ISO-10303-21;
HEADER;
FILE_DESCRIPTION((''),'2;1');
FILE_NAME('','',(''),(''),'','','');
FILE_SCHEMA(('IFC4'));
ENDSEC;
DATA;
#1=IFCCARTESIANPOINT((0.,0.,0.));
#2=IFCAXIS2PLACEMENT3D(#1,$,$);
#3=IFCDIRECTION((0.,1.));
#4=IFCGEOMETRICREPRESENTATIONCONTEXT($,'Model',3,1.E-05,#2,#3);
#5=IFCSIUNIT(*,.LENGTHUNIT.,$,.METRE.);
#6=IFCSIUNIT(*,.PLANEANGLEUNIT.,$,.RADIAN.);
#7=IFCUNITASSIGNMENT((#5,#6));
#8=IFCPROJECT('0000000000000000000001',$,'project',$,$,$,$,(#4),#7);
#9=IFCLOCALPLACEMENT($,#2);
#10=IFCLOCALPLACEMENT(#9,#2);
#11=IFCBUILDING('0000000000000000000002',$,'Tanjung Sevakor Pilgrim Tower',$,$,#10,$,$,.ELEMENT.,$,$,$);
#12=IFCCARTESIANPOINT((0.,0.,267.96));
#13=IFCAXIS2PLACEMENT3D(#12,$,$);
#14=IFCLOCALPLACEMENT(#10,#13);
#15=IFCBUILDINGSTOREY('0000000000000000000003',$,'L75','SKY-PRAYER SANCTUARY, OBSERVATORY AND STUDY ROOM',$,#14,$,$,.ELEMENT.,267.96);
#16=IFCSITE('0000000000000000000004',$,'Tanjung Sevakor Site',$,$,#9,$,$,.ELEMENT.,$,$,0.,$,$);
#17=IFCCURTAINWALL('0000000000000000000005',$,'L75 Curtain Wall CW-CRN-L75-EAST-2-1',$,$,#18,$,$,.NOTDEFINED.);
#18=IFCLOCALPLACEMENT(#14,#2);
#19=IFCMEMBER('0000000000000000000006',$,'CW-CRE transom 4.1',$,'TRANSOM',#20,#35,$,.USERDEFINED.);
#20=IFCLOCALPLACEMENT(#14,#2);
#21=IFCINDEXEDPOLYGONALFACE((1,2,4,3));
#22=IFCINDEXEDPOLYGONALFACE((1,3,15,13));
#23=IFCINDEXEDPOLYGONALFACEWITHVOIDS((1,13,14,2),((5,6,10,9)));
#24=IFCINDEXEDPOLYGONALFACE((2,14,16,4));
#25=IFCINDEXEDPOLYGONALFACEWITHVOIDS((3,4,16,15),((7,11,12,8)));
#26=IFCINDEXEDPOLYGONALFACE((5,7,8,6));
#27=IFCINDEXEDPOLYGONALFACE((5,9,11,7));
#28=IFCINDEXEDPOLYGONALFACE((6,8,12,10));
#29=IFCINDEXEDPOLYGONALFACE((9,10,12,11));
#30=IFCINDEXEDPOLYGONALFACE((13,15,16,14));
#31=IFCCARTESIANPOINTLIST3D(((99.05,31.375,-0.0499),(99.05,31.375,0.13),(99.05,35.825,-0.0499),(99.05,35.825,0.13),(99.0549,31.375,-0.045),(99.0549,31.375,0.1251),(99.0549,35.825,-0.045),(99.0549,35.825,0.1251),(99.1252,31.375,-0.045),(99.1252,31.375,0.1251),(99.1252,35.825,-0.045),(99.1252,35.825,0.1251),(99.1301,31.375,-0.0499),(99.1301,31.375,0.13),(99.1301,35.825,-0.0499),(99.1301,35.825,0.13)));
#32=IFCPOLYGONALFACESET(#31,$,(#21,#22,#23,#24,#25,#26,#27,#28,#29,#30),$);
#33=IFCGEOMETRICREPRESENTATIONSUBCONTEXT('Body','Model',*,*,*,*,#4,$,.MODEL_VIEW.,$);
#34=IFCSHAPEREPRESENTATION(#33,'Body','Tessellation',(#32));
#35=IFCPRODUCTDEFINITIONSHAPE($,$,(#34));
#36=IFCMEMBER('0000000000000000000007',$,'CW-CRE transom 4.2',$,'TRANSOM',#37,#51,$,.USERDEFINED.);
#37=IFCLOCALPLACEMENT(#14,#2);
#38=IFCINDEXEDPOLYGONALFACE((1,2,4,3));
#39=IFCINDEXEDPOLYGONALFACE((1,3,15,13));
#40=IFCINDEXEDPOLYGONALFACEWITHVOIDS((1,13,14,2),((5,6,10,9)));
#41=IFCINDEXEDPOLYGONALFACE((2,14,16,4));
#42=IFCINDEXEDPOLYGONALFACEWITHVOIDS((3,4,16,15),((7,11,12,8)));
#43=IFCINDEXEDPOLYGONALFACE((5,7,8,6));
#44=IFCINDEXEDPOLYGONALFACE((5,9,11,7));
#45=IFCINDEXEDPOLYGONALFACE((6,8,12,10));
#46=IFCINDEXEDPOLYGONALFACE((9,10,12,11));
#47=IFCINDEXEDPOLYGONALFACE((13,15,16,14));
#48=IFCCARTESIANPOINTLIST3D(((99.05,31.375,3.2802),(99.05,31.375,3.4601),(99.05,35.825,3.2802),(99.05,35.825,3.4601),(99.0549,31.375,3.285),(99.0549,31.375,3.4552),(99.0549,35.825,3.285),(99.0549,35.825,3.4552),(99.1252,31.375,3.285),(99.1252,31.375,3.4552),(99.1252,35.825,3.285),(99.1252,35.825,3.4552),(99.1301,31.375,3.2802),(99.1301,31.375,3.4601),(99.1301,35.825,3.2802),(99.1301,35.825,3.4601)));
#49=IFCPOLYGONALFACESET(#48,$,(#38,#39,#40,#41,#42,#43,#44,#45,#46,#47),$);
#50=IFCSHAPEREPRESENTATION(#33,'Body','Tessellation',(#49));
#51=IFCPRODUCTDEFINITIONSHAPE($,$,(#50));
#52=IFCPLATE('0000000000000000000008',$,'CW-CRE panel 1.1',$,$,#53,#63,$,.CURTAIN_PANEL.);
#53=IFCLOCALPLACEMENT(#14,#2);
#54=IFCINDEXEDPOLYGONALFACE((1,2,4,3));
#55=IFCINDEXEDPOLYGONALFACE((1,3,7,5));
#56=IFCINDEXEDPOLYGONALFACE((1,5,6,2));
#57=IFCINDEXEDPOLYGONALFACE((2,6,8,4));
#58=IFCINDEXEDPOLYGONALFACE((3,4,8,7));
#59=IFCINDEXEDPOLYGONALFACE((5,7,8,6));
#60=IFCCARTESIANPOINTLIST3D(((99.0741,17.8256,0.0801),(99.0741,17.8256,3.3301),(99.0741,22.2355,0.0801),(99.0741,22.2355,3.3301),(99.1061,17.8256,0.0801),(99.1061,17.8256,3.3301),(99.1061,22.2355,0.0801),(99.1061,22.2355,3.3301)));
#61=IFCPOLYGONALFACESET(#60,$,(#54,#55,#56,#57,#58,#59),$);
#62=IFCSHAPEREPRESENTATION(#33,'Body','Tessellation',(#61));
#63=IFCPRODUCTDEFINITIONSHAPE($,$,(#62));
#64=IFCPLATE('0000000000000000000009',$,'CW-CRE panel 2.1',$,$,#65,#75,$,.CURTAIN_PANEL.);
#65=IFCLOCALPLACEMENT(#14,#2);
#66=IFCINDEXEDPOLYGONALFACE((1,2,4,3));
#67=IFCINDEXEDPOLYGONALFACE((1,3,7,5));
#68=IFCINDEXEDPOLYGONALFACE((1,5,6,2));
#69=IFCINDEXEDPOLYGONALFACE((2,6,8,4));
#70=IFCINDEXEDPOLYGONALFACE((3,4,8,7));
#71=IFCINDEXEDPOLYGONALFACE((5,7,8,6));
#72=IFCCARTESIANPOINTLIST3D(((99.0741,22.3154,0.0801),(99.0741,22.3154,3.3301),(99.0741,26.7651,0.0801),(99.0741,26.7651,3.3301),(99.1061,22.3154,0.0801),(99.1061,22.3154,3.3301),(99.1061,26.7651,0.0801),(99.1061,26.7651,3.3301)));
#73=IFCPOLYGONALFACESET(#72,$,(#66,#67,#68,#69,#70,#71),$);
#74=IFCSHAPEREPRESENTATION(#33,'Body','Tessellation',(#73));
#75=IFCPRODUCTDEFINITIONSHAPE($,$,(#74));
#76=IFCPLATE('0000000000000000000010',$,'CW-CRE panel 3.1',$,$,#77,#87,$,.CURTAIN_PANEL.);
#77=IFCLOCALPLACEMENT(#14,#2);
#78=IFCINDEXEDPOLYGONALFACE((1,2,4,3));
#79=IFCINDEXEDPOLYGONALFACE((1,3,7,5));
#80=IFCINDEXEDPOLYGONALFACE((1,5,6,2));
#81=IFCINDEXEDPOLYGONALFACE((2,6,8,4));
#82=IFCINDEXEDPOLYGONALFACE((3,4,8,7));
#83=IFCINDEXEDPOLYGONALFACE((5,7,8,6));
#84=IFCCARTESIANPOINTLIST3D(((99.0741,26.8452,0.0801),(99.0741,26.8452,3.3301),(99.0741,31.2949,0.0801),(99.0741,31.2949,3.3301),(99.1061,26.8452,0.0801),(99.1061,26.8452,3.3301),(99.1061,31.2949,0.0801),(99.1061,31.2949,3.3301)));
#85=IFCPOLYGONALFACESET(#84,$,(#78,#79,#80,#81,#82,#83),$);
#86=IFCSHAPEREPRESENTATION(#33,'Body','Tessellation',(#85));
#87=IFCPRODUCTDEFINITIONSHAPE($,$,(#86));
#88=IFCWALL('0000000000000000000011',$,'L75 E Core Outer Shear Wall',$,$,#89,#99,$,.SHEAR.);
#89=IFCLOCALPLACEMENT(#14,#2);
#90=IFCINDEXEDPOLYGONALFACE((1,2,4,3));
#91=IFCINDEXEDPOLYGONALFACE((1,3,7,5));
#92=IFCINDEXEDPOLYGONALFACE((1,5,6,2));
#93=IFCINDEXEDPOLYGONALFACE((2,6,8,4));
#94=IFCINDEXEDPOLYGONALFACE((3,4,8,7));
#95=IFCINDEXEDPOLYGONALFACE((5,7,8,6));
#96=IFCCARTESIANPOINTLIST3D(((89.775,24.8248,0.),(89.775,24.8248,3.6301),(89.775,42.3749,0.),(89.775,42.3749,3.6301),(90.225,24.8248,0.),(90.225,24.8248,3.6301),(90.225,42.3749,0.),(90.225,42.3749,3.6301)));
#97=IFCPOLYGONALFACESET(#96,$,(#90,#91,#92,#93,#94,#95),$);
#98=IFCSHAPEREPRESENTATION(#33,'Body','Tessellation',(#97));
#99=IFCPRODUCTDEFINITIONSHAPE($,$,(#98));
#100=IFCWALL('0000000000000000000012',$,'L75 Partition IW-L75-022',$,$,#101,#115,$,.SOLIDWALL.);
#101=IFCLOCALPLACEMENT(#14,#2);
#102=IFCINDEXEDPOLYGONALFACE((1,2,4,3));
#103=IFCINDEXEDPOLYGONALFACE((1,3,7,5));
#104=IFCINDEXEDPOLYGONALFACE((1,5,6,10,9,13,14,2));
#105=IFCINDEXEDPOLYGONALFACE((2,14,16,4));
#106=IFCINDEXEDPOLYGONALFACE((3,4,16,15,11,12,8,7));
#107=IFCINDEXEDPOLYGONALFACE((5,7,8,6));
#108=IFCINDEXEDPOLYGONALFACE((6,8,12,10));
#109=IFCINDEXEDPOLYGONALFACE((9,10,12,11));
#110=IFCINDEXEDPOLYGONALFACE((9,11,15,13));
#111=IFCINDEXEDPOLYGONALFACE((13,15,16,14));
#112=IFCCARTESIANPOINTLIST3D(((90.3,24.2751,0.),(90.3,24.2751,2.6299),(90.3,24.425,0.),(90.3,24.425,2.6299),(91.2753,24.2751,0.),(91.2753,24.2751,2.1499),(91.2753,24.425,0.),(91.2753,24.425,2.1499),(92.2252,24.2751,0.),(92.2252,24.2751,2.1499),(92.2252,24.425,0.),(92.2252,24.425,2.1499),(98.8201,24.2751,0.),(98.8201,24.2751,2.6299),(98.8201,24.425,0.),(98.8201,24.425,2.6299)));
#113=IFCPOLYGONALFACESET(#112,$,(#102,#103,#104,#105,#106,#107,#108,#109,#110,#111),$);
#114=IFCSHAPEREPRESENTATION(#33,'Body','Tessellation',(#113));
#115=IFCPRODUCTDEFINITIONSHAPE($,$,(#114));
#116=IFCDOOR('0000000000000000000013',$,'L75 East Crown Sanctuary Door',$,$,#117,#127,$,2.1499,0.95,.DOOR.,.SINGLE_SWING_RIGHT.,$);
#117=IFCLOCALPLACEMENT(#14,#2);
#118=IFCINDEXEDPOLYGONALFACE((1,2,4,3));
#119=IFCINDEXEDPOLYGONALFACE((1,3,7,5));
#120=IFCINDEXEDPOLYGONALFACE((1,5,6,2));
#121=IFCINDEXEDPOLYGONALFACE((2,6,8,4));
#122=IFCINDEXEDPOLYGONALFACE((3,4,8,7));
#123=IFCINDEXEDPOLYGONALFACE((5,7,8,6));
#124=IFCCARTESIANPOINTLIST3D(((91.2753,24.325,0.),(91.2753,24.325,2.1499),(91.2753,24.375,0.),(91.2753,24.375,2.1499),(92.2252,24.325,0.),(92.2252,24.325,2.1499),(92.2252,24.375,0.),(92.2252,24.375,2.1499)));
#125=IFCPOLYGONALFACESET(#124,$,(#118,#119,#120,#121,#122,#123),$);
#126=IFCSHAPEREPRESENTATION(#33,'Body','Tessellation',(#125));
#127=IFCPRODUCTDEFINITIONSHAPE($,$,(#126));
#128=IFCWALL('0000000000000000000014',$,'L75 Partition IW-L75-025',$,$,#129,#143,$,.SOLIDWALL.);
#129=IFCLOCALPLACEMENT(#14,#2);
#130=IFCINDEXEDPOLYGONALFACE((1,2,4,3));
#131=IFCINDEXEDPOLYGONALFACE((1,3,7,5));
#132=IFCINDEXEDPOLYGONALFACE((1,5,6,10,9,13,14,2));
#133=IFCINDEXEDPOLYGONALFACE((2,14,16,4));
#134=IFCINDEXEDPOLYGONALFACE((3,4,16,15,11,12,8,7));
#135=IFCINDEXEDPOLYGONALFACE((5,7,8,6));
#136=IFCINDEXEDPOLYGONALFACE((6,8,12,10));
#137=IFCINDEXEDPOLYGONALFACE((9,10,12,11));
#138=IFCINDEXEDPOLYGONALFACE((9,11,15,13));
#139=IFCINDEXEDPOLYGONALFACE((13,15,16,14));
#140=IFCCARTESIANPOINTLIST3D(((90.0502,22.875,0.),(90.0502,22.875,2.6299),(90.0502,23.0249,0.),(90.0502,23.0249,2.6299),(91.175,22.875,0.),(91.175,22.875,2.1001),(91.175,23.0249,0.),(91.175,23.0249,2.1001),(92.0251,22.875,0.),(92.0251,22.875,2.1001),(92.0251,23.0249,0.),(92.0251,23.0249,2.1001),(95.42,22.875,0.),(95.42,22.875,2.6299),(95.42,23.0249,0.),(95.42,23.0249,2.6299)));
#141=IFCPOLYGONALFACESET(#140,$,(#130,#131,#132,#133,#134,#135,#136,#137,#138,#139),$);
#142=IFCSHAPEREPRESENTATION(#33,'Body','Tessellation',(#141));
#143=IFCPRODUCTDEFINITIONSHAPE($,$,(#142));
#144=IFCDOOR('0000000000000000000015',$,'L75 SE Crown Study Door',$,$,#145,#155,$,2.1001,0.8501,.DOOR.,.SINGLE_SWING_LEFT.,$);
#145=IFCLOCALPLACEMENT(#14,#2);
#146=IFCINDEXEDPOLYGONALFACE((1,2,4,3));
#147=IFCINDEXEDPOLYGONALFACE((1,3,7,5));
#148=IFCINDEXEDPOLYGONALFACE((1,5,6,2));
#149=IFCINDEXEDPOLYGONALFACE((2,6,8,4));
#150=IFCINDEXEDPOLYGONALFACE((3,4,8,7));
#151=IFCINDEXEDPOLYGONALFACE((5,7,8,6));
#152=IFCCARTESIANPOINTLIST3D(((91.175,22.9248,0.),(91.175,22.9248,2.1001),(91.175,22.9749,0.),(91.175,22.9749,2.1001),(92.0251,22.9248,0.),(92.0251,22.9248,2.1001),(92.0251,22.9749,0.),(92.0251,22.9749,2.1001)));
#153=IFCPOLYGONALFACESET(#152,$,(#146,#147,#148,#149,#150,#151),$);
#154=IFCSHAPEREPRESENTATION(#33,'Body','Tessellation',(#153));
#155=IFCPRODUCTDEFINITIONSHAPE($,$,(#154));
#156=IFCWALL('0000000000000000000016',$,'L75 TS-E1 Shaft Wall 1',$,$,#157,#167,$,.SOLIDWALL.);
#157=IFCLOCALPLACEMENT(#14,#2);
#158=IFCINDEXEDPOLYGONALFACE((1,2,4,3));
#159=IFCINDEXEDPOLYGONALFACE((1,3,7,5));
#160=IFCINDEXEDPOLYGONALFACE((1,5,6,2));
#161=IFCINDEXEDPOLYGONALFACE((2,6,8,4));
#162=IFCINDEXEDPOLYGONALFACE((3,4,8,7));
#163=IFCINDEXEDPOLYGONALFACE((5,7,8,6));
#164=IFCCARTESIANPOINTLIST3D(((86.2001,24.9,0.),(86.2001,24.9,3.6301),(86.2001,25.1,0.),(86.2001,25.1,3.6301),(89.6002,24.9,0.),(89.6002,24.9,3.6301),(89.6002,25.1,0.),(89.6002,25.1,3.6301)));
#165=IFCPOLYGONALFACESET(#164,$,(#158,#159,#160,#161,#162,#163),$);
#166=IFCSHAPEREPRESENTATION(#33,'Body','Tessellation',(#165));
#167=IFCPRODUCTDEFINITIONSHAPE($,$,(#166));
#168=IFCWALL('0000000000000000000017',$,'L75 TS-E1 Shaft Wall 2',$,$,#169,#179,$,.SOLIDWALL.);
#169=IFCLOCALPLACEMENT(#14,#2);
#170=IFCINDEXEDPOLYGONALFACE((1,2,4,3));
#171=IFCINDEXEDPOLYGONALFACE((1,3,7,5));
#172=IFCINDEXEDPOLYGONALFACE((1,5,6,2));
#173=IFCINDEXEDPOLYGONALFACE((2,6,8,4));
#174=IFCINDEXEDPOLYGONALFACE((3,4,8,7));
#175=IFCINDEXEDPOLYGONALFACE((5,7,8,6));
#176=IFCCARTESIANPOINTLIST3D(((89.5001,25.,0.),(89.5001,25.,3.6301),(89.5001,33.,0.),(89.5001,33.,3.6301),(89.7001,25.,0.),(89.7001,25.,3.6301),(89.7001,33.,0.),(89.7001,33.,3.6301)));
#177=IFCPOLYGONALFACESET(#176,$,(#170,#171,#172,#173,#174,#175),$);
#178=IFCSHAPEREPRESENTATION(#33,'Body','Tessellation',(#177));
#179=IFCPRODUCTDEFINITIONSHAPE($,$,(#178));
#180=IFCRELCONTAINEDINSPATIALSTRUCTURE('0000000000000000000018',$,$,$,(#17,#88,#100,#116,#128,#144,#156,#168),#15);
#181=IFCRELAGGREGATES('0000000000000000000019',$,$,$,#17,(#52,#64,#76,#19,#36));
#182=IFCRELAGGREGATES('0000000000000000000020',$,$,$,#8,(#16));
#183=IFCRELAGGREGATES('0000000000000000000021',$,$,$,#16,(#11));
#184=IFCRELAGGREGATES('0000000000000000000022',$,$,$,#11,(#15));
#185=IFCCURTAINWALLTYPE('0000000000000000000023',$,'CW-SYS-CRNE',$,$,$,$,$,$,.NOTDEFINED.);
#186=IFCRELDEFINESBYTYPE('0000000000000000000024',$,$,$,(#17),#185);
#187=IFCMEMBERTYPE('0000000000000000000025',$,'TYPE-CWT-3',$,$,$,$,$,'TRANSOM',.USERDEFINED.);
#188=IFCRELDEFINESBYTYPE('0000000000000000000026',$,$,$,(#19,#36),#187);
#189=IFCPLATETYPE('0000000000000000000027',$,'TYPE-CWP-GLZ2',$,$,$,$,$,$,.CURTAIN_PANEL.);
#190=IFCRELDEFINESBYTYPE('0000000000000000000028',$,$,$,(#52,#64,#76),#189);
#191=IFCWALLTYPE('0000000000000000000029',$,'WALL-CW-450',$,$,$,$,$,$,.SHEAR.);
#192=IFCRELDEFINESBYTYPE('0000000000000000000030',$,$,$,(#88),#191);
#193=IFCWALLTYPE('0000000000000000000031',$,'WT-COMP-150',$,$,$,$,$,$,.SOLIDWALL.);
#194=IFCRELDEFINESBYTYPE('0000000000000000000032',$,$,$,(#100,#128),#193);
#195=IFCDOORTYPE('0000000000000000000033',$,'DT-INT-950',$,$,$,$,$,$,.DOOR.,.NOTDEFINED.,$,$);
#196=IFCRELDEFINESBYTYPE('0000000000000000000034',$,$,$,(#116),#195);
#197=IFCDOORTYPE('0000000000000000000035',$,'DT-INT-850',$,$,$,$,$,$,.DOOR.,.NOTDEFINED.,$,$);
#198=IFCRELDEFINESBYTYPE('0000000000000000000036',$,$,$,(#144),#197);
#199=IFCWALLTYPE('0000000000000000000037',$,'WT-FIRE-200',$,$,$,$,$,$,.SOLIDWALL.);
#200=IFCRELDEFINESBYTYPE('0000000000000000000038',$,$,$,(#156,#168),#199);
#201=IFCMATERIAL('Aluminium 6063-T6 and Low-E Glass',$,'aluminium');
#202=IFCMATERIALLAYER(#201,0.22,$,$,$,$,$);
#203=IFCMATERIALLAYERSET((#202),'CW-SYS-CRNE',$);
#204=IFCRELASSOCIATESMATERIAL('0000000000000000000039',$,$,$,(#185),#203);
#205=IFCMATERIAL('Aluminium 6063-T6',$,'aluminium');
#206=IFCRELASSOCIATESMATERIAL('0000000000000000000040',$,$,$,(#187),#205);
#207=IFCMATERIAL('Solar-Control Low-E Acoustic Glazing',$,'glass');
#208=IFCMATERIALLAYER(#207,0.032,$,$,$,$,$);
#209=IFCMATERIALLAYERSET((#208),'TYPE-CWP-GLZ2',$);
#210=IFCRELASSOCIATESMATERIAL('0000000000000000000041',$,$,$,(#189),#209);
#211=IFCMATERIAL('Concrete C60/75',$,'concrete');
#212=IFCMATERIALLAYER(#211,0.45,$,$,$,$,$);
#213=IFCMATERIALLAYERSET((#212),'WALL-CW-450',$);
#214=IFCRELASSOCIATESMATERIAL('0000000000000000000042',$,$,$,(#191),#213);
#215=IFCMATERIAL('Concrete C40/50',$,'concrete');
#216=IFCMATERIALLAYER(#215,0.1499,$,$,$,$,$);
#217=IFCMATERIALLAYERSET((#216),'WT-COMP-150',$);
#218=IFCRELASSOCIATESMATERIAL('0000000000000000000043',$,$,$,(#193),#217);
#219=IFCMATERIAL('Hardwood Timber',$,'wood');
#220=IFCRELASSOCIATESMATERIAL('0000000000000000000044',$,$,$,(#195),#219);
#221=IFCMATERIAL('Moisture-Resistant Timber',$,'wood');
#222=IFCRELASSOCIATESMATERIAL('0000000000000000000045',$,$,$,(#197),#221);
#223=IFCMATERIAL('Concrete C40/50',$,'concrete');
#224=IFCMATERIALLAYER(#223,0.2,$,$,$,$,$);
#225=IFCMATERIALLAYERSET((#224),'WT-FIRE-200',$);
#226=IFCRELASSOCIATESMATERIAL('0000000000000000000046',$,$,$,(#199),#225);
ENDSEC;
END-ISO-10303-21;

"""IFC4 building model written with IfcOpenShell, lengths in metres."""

from ifc_helpers import new_model, si_unit, direction, frame, frame_2d, origin, origin_2d, place, context, subcontext, project, spatial, rectangle, hollow_rectangle, extrude, material, layer, layer_set, material_profile, profile_set, type_object, element, fill, aggregate, save


model = new_model("IFC4")

# Units and contexts
model_context = context("Model", 3, precision=1e-05, world=origin(), true_north=direction((0.0, 1.0)))
body_context = subcontext(model_context, "Body", "Model", "MODEL_VIEW")
ifc_project = project(units=[si_unit("LENGTHUNIT", "METRE"), si_unit("PLANEANGLEUNIT", "RADIAN")], contexts=[model_context])

# Site, building, storey
site_placement = place(None, origin())
site = spatial("IfcSite", under=ifc_project, at=site_placement, Name="Tanjung Sevakor Site", CompositionType="ELEMENT", RefElevation=0.0)
building_placement = place(site_placement, origin())
building = spatial("IfcBuilding", under=site, at=building_placement, Name="Tanjung Sevakor Pilgrim Tower", CompositionType="ELEMENT")
storey_placement = place(building_placement, frame((0.0, 0.0, 267.96)))
storey = spatial("IfcBuildingStorey", under=building, at=storey_placement, Name="L75", Description="SKY-PRAYER SANCTUARY, OBSERVATORY AND STUDY ROOM", CompositionType="ELEMENT", Elevation=267.96)

# Curtain wall, members, plates
ifc_material_1 = material(Name="Aluminium 6063-T6 and Low-E Glass", Category="aluminium")
ifc_layer_1 = layer(ifc_material_1, 0.22)
ifc_layer_set_1 = layer_set([ifc_layer_1], Name="CW-SYS-CRNE")
curtain_wall_type = type_object("IfcCurtainWallType", Name="CW-SYS-CRNE", PredefinedType="NOTDEFINED", material=ifc_layer_set_1)
curtain_wall_placement = place(storey_placement, origin())
curtain_wall = element("IfcCurtainWall", 1, at=curtain_wall_placement, inside=storey, type_object=curtain_wall_type, Name="L75 Curtain Wall CW-CRN-L75-EAST-2-1", PredefinedType="NOTDEFINED")
ifc_material_2 = material(Name="Aluminium 6063-T6", Category="aluminium")
ifc_material_profile_1 = material_profile(ifc_material_2, hollow_rectangle(XDim=0.0801, YDim=0.1799, WallThickness=0.0049, at=origin_2d()))
ifc_profile_set_1 = profile_set([ifc_material_profile_1], Name="Aluminium 6063-T6")
member_type_1 = type_object("IfcMemberType", Name="TYPE-CWT-3", ElementType="TRANSOM", PredefinedType="USERDEFINED", material=ifc_profile_set_1)
member_1_placement = place(storey_placement, frame((99.0901, 31.375, 0.04), z_axis=(0.0, 1.0, 0.0), x_axis=(-1.0, 0.0, 0.0)))
member_1 = element("IfcMember", 2, at=member_1_placement, type_object=member_type_1, Name="CW-CRE transom 4.1", ObjectType="TRANSOM", PredefinedType="USERDEFINED", context=body_context, shape_type="SweptSolid", body=[
    extrude(hollow_rectangle(XDim=0.0801, YDim=0.1799, WallThickness=0.0049, at=origin_2d()), origin(), (0.0, 0.0, 1.0), 4.45),
])
member_2_placement = place(storey_placement, frame((99.0901, 31.375, 3.3701), z_axis=(0.0, 1.0, 0.0), x_axis=(-1.0, 0.0, 0.0)))
member_2 = element("IfcMember", 3, at=member_2_placement, type_object=member_type_1, Name="CW-CRE transom 4.2", ObjectType="TRANSOM", PredefinedType="USERDEFINED", context=body_context, shape_type="SweptSolid", body=[
    extrude(hollow_rectangle(XDim=0.0801, YDim=0.1799, WallThickness=0.0049, at=origin_2d()), origin(), (0.0, 0.0, 1.0), 4.45),
])
ifc_material_3 = material(Name="Solar-Control Low-E Acoustic Glazing", Category="glass")
ifc_layer_2 = layer(ifc_material_3, 0.032)
ifc_layer_set_2 = layer_set([ifc_layer_2], Name="TYPE-CWP-GLZ2")
plate_type = type_object("IfcPlateType", Name="TYPE-CWP-GLZ2", PredefinedType="CURTAIN_PANEL", material=ifc_layer_set_2)
plate_1_placement = place(storey_placement, frame((99.0901, 20.0305, 0.0801), z_axis=(0.0, 0.0, 1.0), x_axis=(0.0, 1.0, 0.0)))
plate_1 = element("IfcPlate", 4, at=plate_1_placement, type_object=plate_type, Name="CW-CRE panel 1.1", PredefinedType="CURTAIN_PANEL", context=body_context, shape_type="SweptSolid", body=[
    extrude(rectangle(XDim=4.4099, YDim=0.032, at=origin_2d()), origin(), (0.0, 0.0, 1.0), 3.25),
])
plate_2_placement = place(storey_placement, frame((99.0901, 24.5403, 0.0801), z_axis=(0.0, 0.0, 1.0), x_axis=(0.0, 1.0, 0.0)))
plate_2 = element("IfcPlate", 5, at=plate_2_placement, type_object=plate_type, Name="CW-CRE panel 2.1", PredefinedType="CURTAIN_PANEL", context=body_context, shape_type="SweptSolid", body=[
    extrude(rectangle(XDim=4.4497, YDim=0.032, at=origin_2d()), origin(), (0.0, 0.0, 1.0), 3.25),
])
plate_3_placement = place(storey_placement, frame((99.0901, 29.0701, 0.0801), z_axis=(0.0, 0.0, 1.0), x_axis=(0.0, 1.0, 0.0)))
plate_3 = element("IfcPlate", 6, at=plate_3_placement, type_object=plate_type, Name="CW-CRE panel 3.1", PredefinedType="CURTAIN_PANEL", context=body_context, shape_type="SweptSolid", body=[
    extrude(rectangle(XDim=4.4497, YDim=0.032, at=origin_2d()), origin(), (0.0, 0.0, 1.0), 3.25),
])
aggregate(curtain_wall, [plate_1, plate_2, plate_3, member_1, member_2])

# Wall
ifc_material_4 = material(Name="Concrete C60/75", Category="concrete")
ifc_layer_3 = layer(ifc_material_4, 0.45)
ifc_layer_set_3 = layer_set([ifc_layer_3], Name="WALL-CW-450")
wall_type_1 = type_object("IfcWallType", Name="WALL-CW-450", PredefinedType="SHEAR", material=ifc_layer_set_3)
wall_1_placement = place(storey_placement, frame((90.0, 24.825, 0.0), z_axis=(0.0, 0.0, 1.0), x_axis=(0.0, 1.0, 0.0)))
element("IfcWall", 7, at=wall_1_placement, inside=storey, type_object=wall_type_1, Name="L75 E Core Outer Shear Wall", PredefinedType="SHEAR", context=body_context, shape_type="SweptSolid", body=[
    extrude(rectangle(XDim=17.55, YDim=0.45, at=frame_2d((8.7749, 0.0))), origin(), (0.0, 0.0, 1.0), 3.6301),
])

# Walls, openings, doors
ifc_material_5 = material(Name="Concrete C40/50", Category="concrete")
ifc_layer_4 = layer(ifc_material_5, 0.1499)
ifc_layer_set_4 = layer_set([ifc_layer_4], Name="WT-COMP-150")
wall_type_2 = type_object("IfcWallType", Name="WT-COMP-150", PredefinedType="SOLIDWALL", material=ifc_layer_set_4)
wall_2_placement = place(storey_placement, frame((90.3, 24.3501, 0.0), z_axis=(0.0, 0.0, 1.0), x_axis=(1.0, 0.0, 0.0)))
wall_2 = element("IfcWall", 8, at=wall_2_placement, inside=storey, type_object=wall_type_2, Name="L75 Partition IW-L75-022", PredefinedType="SOLIDWALL", context=body_context, shape_type="SweptSolid", body=[
    extrude(rectangle(XDim=8.52, YDim=0.1499, at=frame_2d((4.26, 0.0))), origin(), (0.0, 0.0, 1.0), 2.6299),
])
opening_1_placement = place(wall_2_placement, frame((0.9751, 0.0, 0.0)))
opening_1 = element("IfcOpeningElement", 9, at=opening_1_placement, cuts=wall_2, PredefinedType="OPENING", context=body_context, shape_type="SweptSolid", body=[
    extrude(rectangle(XDim=0.95, YDim=2.1499, at=frame_2d((0.4751, 1.075))), frame((0.0, 0.085, 0.0), z_axis=(0.0, -1.0, 0.0), x_axis=(1.0, 0.0, 0.0)), (0.0, 0.0, 1.0), 0.1699),
])
ifc_material_6 = material(Name="Hardwood Timber", Category="wood")
door_type_1 = type_object("IfcDoorType", Name="DT-INT-950", OperationType="NOTDEFINED", PredefinedType="DOOR", material=ifc_material_6)
door_1_placement = place(opening_1_placement, origin())
door_1 = element("IfcDoor", 10, at=door_1_placement, inside=storey, type_object=door_type_1, Name="L75 East Crown Sanctuary Door", OperationType="SINGLE_SWING_RIGHT", OverallHeight=2.1499, OverallWidth=0.95, PredefinedType="DOOR", context=body_context, shape_type="SweptSolid", body=[
    extrude(rectangle(XDim=0.95, YDim=2.1499, at=frame_2d((0.4751, 1.075))), frame((0.0, 0.0249, 0.0), z_axis=(0.0, -1.0, 0.0), x_axis=(1.0, 0.0, 0.0)), (0.0, 0.0, 1.0), 0.05),
])
fill(opening_1, door_1)
wall_3_placement = place(storey_placement, frame((90.05, 22.95, 0.0), z_axis=(0.0, 0.0, 1.0), x_axis=(1.0, 0.0, 0.0)))
wall_3 = element("IfcWall", 11, at=wall_3_placement, inside=storey, type_object=wall_type_2, Name="L75 Partition IW-L75-025", PredefinedType="SOLIDWALL", context=body_context, shape_type="SweptSolid", body=[
    extrude(rectangle(XDim=5.3699, YDim=0.1499, at=frame_2d((2.6851, 0.0))), origin(), (0.0, 0.0, 1.0), 2.6299),
])
opening_2_placement = place(wall_3_placement, frame((1.125, 0.0, 0.0)))
opening_2 = element("IfcOpeningElement", 12, at=opening_2_placement, cuts=wall_3, PredefinedType="OPENING", context=body_context, shape_type="SweptSolid", body=[
    extrude(rectangle(XDim=0.8501, YDim=2.1001, at=frame_2d((0.425, 1.05))), frame((0.0, 0.085, 0.0), z_axis=(0.0, -1.0, 0.0), x_axis=(1.0, 0.0, 0.0)), (0.0, 0.0, 1.0), 0.1699),
])
ifc_material_7 = material(Name="Moisture-Resistant Timber", Category="wood")
door_type_2 = type_object("IfcDoorType", Name="DT-INT-850", OperationType="NOTDEFINED", PredefinedType="DOOR", material=ifc_material_7)
door_2_placement = place(opening_2_placement, origin())
door_2 = element("IfcDoor", 13, at=door_2_placement, inside=storey, type_object=door_type_2, Name="L75 SE Crown Study Door", OperationType="SINGLE_SWING_LEFT", OverallHeight=2.1001, OverallWidth=0.8501, PredefinedType="DOOR", context=body_context, shape_type="SweptSolid", body=[
    extrude(rectangle(XDim=0.8501, YDim=2.1001, at=frame_2d((0.425, 1.05))), frame((0.0, 0.0249, 0.0), z_axis=(0.0, -1.0, 0.0), x_axis=(1.0, 0.0, 0.0)), (0.0, 0.0, 1.0), 0.05),
])
fill(opening_2, door_2)

# Walls
ifc_material_8 = material(Name="Concrete C40/50", Category="concrete")
ifc_layer_5 = layer(ifc_material_8, 0.2)
ifc_layer_set_5 = layer_set([ifc_layer_5], Name="WT-FIRE-200")
wall_type_3 = type_object("IfcWallType", Name="WT-FIRE-200", PredefinedType="SOLIDWALL", material=ifc_layer_set_5)
wall_4_placement = place(storey_placement, frame((86.2, 25.0, 0.0), z_axis=(0.0, 0.0, 1.0), x_axis=(1.0, 0.0, 0.0)))
element("IfcWall", 14, at=wall_4_placement, inside=storey, type_object=wall_type_3, Name="L75 TS-E1 Shaft Wall 1", PredefinedType="SOLIDWALL", context=body_context, shape_type="SweptSolid", body=[
    extrude(rectangle(XDim=3.4001, YDim=0.2, at=frame_2d((1.7002, 0.0))), origin(), (0.0, 0.0, 1.0), 3.6301),
])
wall_5_placement = place(storey_placement, frame((89.6001, 25.0, 0.0), z_axis=(0.0, 0.0, 1.0), x_axis=(0.0, 1.0, 0.0)))
element("IfcWall", 15, at=wall_5_placement, inside=storey, type_object=wall_type_3, Name="L75 TS-E1 Shaft Wall 2", PredefinedType="SOLIDWALL", context=body_context, shape_type="SweptSolid", body=[
    extrude(rectangle(XDim=8.0, YDim=0.2, at=frame_2d((4.0, 0.0))), origin(), (0.0, 0.0, 1.0), 3.6301),
])

save(model, "model.ifc")
